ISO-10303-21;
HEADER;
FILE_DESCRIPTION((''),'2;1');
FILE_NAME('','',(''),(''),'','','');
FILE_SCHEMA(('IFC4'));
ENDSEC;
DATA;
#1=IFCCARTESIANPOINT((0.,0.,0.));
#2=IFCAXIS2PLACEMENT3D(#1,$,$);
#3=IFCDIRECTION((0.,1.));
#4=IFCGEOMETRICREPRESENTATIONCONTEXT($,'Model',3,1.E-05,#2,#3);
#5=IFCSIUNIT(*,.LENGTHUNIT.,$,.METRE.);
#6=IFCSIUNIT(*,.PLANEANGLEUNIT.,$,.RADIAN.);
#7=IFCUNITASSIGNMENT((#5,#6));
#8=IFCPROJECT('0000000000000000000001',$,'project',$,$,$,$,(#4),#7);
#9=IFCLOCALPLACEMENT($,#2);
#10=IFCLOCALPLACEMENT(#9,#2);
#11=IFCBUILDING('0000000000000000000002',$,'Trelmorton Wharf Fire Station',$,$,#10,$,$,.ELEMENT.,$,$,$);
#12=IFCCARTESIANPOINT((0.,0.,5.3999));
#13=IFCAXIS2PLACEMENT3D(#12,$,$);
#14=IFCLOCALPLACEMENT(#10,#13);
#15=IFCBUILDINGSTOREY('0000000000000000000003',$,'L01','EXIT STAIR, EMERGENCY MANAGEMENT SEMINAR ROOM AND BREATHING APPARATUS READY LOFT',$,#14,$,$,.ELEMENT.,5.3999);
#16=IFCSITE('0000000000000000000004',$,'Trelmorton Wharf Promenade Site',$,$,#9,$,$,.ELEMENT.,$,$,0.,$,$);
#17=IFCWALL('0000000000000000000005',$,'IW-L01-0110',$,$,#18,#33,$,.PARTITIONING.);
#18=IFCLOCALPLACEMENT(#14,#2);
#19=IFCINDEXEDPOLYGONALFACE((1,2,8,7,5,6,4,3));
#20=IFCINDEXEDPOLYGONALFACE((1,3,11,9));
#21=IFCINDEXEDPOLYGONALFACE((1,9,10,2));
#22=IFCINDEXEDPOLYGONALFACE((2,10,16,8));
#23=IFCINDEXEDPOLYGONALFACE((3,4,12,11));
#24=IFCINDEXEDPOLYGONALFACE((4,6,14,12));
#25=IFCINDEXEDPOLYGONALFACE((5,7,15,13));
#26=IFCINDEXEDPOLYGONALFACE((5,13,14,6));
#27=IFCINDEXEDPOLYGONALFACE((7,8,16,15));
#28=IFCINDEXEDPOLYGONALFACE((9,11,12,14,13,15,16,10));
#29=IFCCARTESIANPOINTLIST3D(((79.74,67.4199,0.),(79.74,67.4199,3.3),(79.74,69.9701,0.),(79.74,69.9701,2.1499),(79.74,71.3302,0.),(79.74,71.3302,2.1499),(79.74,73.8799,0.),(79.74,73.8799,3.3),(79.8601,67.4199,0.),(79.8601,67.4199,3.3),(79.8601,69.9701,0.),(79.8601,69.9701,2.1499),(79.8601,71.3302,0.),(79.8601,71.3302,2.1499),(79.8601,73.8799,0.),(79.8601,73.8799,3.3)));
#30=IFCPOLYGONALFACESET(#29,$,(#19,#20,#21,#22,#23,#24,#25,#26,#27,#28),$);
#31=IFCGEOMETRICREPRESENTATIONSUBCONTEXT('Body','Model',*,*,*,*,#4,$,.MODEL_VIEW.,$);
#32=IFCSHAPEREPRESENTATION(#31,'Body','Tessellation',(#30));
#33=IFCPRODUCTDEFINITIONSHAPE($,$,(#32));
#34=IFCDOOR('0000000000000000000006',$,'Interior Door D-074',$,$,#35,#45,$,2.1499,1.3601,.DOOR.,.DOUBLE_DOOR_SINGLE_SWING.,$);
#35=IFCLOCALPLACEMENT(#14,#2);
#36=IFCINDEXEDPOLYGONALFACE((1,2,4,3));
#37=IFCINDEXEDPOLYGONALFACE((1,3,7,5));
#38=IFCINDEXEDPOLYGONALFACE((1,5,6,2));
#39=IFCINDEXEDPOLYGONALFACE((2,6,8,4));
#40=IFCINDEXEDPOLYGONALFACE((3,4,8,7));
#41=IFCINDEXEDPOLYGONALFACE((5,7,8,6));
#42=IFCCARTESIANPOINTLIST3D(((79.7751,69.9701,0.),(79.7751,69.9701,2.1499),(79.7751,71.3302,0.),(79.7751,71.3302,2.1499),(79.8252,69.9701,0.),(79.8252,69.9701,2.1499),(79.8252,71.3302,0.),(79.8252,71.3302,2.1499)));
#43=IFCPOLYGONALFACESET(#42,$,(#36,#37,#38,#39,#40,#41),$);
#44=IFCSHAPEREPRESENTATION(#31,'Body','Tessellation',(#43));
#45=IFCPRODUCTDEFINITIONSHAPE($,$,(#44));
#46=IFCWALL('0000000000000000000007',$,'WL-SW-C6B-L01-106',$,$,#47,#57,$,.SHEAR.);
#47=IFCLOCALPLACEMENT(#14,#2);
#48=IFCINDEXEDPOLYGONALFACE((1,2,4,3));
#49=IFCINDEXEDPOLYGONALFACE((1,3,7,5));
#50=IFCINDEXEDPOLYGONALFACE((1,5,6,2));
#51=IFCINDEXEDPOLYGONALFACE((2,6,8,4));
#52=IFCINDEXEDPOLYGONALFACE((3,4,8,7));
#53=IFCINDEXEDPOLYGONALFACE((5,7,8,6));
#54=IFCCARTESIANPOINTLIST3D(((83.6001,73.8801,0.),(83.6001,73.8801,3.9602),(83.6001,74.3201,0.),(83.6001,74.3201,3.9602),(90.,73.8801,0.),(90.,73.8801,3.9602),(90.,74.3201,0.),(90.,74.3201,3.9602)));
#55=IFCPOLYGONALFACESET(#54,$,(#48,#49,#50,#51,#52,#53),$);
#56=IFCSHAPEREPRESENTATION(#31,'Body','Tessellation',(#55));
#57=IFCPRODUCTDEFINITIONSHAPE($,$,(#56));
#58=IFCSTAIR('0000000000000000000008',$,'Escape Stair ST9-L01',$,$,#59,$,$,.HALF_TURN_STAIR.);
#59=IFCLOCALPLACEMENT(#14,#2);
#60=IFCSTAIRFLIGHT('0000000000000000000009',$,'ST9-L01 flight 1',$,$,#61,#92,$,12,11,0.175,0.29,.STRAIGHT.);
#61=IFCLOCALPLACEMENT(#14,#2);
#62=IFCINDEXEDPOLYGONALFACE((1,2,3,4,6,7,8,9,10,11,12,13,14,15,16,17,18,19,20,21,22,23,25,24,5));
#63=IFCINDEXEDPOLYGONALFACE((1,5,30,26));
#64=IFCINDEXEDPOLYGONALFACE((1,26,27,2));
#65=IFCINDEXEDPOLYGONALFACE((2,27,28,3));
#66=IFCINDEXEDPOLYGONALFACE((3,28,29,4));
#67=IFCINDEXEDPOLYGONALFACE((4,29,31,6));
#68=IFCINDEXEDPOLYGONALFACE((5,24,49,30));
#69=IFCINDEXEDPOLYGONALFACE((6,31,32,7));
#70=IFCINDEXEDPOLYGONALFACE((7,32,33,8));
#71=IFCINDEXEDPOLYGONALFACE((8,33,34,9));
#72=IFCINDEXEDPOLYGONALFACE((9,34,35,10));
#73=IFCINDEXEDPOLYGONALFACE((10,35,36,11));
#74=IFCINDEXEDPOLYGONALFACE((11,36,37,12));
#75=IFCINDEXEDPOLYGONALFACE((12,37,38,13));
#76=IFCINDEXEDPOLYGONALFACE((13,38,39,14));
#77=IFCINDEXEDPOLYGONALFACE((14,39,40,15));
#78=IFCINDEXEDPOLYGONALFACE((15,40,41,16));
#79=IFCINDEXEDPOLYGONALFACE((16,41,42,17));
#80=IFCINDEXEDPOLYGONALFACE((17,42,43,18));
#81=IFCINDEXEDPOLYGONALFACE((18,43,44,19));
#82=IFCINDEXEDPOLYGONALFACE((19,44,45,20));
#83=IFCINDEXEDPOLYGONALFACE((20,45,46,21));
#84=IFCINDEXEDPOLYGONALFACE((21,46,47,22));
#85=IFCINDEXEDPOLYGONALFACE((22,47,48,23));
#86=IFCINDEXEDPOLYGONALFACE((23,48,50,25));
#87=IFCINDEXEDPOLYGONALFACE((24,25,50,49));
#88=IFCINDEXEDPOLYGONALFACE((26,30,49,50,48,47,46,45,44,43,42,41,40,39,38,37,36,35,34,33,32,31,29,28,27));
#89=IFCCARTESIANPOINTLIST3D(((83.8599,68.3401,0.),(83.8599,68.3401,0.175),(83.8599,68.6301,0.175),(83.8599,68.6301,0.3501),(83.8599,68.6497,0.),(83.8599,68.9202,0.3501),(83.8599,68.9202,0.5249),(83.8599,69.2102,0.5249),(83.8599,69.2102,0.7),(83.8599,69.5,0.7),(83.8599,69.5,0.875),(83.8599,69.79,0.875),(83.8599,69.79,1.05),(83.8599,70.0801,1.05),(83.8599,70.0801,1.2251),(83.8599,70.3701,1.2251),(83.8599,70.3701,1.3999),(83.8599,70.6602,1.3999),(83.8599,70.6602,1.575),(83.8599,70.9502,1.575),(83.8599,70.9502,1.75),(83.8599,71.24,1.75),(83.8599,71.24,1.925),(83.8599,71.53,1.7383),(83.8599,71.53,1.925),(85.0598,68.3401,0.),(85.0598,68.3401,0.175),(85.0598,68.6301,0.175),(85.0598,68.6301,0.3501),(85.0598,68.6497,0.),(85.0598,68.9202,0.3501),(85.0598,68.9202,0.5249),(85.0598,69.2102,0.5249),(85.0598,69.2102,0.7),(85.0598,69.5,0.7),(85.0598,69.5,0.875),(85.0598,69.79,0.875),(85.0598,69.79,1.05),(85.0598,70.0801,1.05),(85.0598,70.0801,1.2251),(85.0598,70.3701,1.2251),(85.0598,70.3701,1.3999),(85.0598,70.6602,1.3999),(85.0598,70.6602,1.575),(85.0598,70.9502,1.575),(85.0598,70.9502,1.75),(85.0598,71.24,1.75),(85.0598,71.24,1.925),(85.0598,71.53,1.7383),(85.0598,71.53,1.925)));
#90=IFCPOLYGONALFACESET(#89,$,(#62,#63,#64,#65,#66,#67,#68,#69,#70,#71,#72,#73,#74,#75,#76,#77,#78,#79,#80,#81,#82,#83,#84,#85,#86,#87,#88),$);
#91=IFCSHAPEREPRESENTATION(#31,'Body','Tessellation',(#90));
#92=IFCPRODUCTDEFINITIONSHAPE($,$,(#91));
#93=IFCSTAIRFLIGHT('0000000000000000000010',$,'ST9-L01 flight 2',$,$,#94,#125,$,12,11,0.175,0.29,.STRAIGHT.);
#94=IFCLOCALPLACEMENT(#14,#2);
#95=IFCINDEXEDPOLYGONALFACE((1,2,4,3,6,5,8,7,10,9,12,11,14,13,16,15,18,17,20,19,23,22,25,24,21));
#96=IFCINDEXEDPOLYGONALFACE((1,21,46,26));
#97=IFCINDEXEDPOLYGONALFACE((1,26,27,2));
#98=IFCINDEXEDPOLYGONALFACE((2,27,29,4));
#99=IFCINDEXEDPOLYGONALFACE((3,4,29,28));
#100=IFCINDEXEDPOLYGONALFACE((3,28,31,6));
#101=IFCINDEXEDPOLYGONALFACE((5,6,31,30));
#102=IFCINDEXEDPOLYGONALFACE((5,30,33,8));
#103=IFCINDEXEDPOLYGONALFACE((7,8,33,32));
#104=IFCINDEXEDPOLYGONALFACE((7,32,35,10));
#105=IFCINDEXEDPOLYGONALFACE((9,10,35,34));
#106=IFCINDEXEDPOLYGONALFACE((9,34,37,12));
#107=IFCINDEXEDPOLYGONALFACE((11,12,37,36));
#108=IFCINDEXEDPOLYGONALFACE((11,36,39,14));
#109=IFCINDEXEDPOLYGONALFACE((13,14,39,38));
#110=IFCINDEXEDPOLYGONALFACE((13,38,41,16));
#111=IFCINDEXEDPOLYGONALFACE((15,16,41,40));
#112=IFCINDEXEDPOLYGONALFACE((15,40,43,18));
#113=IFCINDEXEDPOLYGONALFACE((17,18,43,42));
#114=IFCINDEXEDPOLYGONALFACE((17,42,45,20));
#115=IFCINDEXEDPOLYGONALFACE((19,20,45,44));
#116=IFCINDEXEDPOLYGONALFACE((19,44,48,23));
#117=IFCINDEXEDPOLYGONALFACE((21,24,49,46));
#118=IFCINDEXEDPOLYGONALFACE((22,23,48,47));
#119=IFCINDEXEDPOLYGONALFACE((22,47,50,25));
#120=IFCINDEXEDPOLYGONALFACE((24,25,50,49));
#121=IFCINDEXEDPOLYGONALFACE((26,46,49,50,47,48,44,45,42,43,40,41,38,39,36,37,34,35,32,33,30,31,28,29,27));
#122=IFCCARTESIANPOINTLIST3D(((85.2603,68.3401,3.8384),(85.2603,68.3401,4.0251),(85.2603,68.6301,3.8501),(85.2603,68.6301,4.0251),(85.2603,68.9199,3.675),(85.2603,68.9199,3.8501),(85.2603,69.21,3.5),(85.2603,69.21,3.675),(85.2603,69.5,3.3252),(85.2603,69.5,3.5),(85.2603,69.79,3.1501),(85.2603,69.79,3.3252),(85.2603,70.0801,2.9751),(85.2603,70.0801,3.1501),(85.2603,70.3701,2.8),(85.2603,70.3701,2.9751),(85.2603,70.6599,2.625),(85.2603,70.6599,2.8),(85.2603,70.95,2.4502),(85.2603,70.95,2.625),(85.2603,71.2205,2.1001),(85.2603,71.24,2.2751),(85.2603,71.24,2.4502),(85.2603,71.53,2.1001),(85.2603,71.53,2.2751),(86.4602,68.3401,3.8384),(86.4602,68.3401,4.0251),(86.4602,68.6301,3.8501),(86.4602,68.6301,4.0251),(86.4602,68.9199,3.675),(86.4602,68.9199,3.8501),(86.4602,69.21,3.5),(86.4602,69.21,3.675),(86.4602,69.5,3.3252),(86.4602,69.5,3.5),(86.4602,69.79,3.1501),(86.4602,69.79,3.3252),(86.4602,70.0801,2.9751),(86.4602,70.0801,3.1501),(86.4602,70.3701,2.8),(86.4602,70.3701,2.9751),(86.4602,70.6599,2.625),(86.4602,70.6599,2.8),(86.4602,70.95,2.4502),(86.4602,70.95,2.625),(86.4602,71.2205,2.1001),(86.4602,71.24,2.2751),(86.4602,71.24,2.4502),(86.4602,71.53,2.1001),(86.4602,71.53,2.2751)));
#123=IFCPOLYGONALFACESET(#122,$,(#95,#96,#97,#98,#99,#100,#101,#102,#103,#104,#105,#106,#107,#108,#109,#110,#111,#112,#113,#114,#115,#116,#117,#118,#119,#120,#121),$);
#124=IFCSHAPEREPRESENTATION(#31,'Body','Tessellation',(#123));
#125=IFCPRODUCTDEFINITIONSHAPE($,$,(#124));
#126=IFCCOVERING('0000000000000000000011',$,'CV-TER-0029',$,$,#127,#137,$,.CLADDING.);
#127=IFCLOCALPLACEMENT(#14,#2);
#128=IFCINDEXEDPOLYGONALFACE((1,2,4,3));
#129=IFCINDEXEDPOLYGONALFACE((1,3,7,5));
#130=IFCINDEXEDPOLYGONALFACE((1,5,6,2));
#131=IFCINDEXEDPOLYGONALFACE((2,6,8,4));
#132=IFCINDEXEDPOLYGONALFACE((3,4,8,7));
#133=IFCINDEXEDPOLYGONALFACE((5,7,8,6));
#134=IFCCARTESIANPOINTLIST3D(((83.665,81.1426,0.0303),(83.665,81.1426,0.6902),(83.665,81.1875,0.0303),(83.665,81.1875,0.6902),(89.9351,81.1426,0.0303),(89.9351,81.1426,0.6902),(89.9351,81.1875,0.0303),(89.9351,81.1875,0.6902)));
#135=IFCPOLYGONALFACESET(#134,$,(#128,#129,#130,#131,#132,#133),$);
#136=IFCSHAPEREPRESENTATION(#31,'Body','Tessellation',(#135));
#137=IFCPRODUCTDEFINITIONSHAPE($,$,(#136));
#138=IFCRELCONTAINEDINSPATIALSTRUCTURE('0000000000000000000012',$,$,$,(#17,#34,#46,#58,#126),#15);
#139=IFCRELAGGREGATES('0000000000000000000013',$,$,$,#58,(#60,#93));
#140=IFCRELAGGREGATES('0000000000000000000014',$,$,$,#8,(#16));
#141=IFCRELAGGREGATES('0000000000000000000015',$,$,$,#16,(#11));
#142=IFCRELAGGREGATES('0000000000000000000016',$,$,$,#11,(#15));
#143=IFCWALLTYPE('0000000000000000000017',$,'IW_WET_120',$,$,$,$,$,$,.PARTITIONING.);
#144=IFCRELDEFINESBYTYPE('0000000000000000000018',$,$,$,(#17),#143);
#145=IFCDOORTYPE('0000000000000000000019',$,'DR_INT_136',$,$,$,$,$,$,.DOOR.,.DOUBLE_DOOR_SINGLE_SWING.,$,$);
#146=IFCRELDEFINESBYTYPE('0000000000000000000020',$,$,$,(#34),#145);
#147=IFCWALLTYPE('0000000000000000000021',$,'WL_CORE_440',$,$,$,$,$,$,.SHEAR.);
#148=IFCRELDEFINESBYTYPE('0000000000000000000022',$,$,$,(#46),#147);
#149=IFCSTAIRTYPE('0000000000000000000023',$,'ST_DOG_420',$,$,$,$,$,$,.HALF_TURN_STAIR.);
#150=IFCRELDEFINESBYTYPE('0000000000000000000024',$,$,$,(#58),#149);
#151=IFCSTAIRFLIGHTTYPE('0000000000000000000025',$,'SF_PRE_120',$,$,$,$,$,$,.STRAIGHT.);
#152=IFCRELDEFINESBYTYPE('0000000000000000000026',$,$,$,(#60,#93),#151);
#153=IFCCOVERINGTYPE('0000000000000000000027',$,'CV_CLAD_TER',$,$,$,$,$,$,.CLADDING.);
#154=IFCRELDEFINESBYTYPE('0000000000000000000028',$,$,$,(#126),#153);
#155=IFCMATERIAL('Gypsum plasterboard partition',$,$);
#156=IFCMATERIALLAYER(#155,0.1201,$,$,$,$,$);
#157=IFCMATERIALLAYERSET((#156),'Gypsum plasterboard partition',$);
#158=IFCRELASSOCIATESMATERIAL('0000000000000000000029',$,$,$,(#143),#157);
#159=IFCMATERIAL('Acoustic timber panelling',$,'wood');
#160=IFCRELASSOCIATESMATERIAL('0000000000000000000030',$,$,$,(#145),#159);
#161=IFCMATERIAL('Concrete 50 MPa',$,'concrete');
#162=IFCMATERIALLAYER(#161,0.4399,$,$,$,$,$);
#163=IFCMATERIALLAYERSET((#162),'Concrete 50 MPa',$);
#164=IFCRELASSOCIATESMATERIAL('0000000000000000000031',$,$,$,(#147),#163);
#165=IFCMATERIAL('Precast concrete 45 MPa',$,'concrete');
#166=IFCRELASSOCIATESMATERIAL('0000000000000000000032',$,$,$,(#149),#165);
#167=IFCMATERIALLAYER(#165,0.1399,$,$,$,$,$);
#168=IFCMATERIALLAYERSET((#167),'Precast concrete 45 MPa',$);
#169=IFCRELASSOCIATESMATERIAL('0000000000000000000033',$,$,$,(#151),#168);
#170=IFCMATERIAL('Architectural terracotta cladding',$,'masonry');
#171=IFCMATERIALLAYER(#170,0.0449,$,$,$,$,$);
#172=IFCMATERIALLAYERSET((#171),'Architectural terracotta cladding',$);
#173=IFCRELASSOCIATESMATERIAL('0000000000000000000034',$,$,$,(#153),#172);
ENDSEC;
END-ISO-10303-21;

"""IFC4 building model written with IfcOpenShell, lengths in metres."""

from ifc_helpers import new_model, si_unit, direction, frame, frame_2d, origin, origin_2d, place, context, subcontext, project, spatial, polyline, rectangle, outline, extrude, material, layer, layer_set, type_object, element, fill, aggregate, save


model = new_model("IFC4")

# Units and contexts
model_context = context("Model", 3, precision=1e-05, world=origin(), true_north=direction((0.0, 1.0)))
body_context = subcontext(model_context, "Body", "Model", "MODEL_VIEW")
ifc_project = project(units=[si_unit("LENGTHUNIT", "METRE"), si_unit("PLANEANGLEUNIT", "RADIAN")], contexts=[model_context])

# Site, building, storey
site_placement = place(None, origin())
site = spatial("IfcSite", under=ifc_project, at=site_placement, Name="Trelmorton Wharf Promenade Site", CompositionType="ELEMENT", RefElevation=0.0)
building_placement = place(site_placement, origin())
building = spatial("IfcBuilding", under=site, at=building_placement, Name="Trelmorton Wharf Fire Station", CompositionType="ELEMENT")
storey_placement = place(building_placement, frame((0.0, 0.0, 5.3999)))
storey = spatial("IfcBuildingStorey", under=building, at=storey_placement, Name="L01", Description="EXIT STAIR, EMERGENCY MANAGEMENT SEMINAR ROOM AND BREATHING APPARATUS READY LOFT", CompositionType="ELEMENT", Elevation=5.3999)

# Shared definitions
ifc_material_1 = material(Name="Precast concrete 45 MPa", Category="concrete")

# Shared definitions
ifc_material_2 = material(Name="Gypsum plasterboard partition")

# Wall, opening, door
ifc_material_3 = material(Name="Acoustic timber panelling", Category="wood")
ifc_layer_1 = layer(ifc_material_2, 0.1201)
ifc_layer_set_1 = layer_set([ifc_layer_1], Name="Gypsum plasterboard partition")
wall_type_1 = type_object("IfcWallType", Name="IW_WET_120", PredefinedType="PARTITIONING", material=ifc_layer_set_1)
wall_1_placement = place(storey_placement, frame((79.8, 67.4199, 0.0), z_axis=(0.0, 0.0, 1.0), x_axis=(0.0, 1.0, 0.0)))
wall_1 = element("IfcWall", 1, at=wall_1_placement, inside=storey, type_object=wall_type_1, Name="IW-L01-0110", PredefinedType="PARTITIONING", context=body_context, shape_type="SweptSolid", body=[
    extrude(rectangle(XDim=6.46, YDim=0.1201, at=frame_2d((3.23, 0.0))), origin(), (0.0, 0.0, 1.0), 3.3),
])
opening_1_placement = place(wall_1_placement, frame((2.55, 0.0, 0.0)))
opening_1 = element("IfcOpeningElement", 2, at=opening_1_placement, cuts=wall_1, PredefinedType="OPENING", context=body_context, shape_type="SweptSolid", body=[
    extrude(rectangle(XDim=1.3601, YDim=2.1499, at=frame_2d((0.6802, 1.075))), frame((0.0, 0.0701, 0.0), z_axis=(0.0, -1.0, 0.0), x_axis=(1.0, 0.0, 0.0)), (0.0, 0.0, 1.0), 0.1401),
])
door_type_1 = type_object("IfcDoorType", Name="DR_INT_136", OperationType="DOUBLE_DOOR_SINGLE_SWING", PredefinedType="DOOR", material=ifc_material_3)
door_1_placement = place(opening_1_placement, origin())
door_1 = element("IfcDoor", 3, at=door_1_placement, inside=storey, type_object=door_type_1, Name="Interior Door D-074", OperationType="DOUBLE_DOOR_SINGLE_SWING", OverallHeight=2.1499, OverallWidth=1.3601, PredefinedType="DOOR", context=body_context, shape_type="SweptSolid", body=[
    extrude(rectangle(XDim=1.3601, YDim=2.1499, at=frame_2d((0.6802, 1.075))), frame((0.0, 0.0249, 0.0), z_axis=(0.0, -1.0, 0.0), x_axis=(1.0, 0.0, 0.0)), (0.0, 0.0, 1.0), 0.05),
])
fill(opening_1, door_1)

# Wall
ifc_material_4 = material(Name="Concrete 50 MPa", Category="concrete")
ifc_layer_2 = layer(ifc_material_4, 0.4399)
ifc_layer_set_2 = layer_set([ifc_layer_2], Name="Concrete 50 MPa")
wall_type_2 = type_object("IfcWallType", Name="WL_CORE_440", PredefinedType="SHEAR", material=ifc_layer_set_2)
wall_2_placement = place(storey_placement, frame((83.6001, 74.1001, 0.0), z_axis=(0.0, 0.0, 1.0), x_axis=(1.0, 0.0, 0.0)))
element("IfcWall", 4, at=wall_2_placement, inside=storey, type_object=wall_type_2, Name="WL-SW-C6B-L01-106", PredefinedType="SHEAR", context=body_context, shape_type="SweptSolid", body=[
    extrude(rectangle(XDim=6.3999, YDim=0.4399, at=frame_2d((3.2, 0.0))), origin(), (0.0, 0.0, 1.0), 3.9602),
])

# Stair, stair flights
stair_type = type_object("IfcStairType", Name="ST_DOG_420", PredefinedType="HALF_TURN_STAIR", material=ifc_material_1)
stair_placement = place(storey_placement, origin())
stair = element("IfcStair", 5, at=stair_placement, inside=storey, type_object=stair_type, Name="Escape Stair ST9-L01", PredefinedType="HALF_TURN_STAIR")
ifc_layer_3 = layer(ifc_material_1, 0.1399)
ifc_layer_set_3 = layer_set([ifc_layer_3], Name="Precast concrete 45 MPa")
stair_flight_type = type_object("IfcStairFlightType", Name="SF_PRE_120", PredefinedType="STRAIGHT", material=ifc_layer_set_3)
stair_flight_1_placement = place(storey_placement, frame((84.46, 68.3401, 0.0), z_axis=(0.0, 0.0, 1.0), x_axis=(0.0, 1.0, 0.0)))
stair_flight_1 = element("IfcStairFlight", 6, at=stair_flight_1_placement, type_object=stair_flight_type, Name="ST9-L01 flight 1", NumberOfRisers=12, NumberOfTreads=11, PredefinedType="STRAIGHT", RiserHeight=0.175, TreadLength=0.29, context=body_context, shape_type="SweptSolid", body=[
    extrude(outline(polyline([(0.0, 0.0), (0.0, 0.175), (0.29, 0.175), (0.29, 0.3501), (0.5801, 0.3501), (0.5801, 0.5249), (0.8701, 0.5249), (0.8701, 0.7), (1.1599, 0.7), (1.1599, 0.875), (1.45, 0.875), (1.45, 1.05), (1.74, 1.05), (1.74, 1.2251), (2.03, 1.2251), (2.03, 1.3999), (2.3201, 1.3999), (2.3201, 1.575), (2.6101, 1.575), (2.6101, 1.75), (2.8999, 1.75), (2.8999, 1.925), (3.1899, 1.925), (3.1899, 2.1001), (3.1899, 1.7383), (0.3096, 0.0), (0.0, 0.0)])), frame((0.0, 0.6001, 0.0), z_axis=(0.0, -1.0, 0.0), x_axis=(1.0, 0.0, 0.0)), (0.0, 0.0, 1.0), 1.2),
])
stair_flight_2_placement = place(storey_placement, frame((85.8601, 71.53, 2.1001), z_axis=(0.0, 0.0, 1.0), x_axis=(0.0, -1.0, 0.0)))
stair_flight_2 = element("IfcStairFlight", 7, at=stair_flight_2_placement, type_object=stair_flight_type, Name="ST9-L01 flight 2", NumberOfRisers=12, NumberOfTreads=11, PredefinedType="STRAIGHT", RiserHeight=0.175, TreadLength=0.29, context=body_context, shape_type="SweptSolid", body=[
    extrude(outline(polyline([(0.0, 0.0), (0.0, 0.175), (0.29, 0.175), (0.29, 0.3501), (0.5801, 0.3501), (0.5801, 0.5249), (0.8701, 0.5249), (0.8701, 0.7), (1.1599, 0.7), (1.1599, 0.875), (1.45, 0.875), (1.45, 1.05), (1.74, 1.05), (1.74, 1.2251), (2.03, 1.2251), (2.03, 1.3999), (2.3201, 1.3999), (2.3201, 1.575), (2.6101, 1.575), (2.6101, 1.75), (2.8999, 1.75), (2.8999, 1.925), (3.1899, 1.925), (3.1899, 2.1001), (3.1899, 1.7383), (0.3096, 0.0), (0.0, 0.0)])), frame((0.0, 0.6001, 0.0), z_axis=(0.0, -1.0, 0.0), x_axis=(1.0, 0.0, 0.0)), (0.0, 0.0, 1.0), 1.2),
])
aggregate(stair, [stair_flight_1, stair_flight_2])

# Covering
ifc_material_5 = material(Name="Architectural terracotta cladding", Category="masonry")
ifc_layer_4 = layer(ifc_material_5, 0.0449)
ifc_layer_set_4 = layer_set([ifc_layer_4], Name="Architectural terracotta cladding")
covering_type = type_object("IfcCoveringType", Name="CV_CLAD_TER", PredefinedType="CLADDING", material=ifc_layer_set_4)
covering_placement = place(storey_placement, frame((86.8, 81.165, 0.0303), z_axis=(0.0, 0.0, 1.0), x_axis=(1.0, 0.0, 0.0)))
element("IfcCovering", 8, at=covering_placement, inside=storey, type_object=covering_type, Name="CV-TER-0029", PredefinedType="CLADDING", context=body_context, shape_type="SweptSolid", body=[
    extrude(rectangle(XDim=6.27, YDim=0.0449, at=origin_2d()), origin(), (0.0, 0.0, 1.0), 0.6599),
])

save(model, "model.ifc")
